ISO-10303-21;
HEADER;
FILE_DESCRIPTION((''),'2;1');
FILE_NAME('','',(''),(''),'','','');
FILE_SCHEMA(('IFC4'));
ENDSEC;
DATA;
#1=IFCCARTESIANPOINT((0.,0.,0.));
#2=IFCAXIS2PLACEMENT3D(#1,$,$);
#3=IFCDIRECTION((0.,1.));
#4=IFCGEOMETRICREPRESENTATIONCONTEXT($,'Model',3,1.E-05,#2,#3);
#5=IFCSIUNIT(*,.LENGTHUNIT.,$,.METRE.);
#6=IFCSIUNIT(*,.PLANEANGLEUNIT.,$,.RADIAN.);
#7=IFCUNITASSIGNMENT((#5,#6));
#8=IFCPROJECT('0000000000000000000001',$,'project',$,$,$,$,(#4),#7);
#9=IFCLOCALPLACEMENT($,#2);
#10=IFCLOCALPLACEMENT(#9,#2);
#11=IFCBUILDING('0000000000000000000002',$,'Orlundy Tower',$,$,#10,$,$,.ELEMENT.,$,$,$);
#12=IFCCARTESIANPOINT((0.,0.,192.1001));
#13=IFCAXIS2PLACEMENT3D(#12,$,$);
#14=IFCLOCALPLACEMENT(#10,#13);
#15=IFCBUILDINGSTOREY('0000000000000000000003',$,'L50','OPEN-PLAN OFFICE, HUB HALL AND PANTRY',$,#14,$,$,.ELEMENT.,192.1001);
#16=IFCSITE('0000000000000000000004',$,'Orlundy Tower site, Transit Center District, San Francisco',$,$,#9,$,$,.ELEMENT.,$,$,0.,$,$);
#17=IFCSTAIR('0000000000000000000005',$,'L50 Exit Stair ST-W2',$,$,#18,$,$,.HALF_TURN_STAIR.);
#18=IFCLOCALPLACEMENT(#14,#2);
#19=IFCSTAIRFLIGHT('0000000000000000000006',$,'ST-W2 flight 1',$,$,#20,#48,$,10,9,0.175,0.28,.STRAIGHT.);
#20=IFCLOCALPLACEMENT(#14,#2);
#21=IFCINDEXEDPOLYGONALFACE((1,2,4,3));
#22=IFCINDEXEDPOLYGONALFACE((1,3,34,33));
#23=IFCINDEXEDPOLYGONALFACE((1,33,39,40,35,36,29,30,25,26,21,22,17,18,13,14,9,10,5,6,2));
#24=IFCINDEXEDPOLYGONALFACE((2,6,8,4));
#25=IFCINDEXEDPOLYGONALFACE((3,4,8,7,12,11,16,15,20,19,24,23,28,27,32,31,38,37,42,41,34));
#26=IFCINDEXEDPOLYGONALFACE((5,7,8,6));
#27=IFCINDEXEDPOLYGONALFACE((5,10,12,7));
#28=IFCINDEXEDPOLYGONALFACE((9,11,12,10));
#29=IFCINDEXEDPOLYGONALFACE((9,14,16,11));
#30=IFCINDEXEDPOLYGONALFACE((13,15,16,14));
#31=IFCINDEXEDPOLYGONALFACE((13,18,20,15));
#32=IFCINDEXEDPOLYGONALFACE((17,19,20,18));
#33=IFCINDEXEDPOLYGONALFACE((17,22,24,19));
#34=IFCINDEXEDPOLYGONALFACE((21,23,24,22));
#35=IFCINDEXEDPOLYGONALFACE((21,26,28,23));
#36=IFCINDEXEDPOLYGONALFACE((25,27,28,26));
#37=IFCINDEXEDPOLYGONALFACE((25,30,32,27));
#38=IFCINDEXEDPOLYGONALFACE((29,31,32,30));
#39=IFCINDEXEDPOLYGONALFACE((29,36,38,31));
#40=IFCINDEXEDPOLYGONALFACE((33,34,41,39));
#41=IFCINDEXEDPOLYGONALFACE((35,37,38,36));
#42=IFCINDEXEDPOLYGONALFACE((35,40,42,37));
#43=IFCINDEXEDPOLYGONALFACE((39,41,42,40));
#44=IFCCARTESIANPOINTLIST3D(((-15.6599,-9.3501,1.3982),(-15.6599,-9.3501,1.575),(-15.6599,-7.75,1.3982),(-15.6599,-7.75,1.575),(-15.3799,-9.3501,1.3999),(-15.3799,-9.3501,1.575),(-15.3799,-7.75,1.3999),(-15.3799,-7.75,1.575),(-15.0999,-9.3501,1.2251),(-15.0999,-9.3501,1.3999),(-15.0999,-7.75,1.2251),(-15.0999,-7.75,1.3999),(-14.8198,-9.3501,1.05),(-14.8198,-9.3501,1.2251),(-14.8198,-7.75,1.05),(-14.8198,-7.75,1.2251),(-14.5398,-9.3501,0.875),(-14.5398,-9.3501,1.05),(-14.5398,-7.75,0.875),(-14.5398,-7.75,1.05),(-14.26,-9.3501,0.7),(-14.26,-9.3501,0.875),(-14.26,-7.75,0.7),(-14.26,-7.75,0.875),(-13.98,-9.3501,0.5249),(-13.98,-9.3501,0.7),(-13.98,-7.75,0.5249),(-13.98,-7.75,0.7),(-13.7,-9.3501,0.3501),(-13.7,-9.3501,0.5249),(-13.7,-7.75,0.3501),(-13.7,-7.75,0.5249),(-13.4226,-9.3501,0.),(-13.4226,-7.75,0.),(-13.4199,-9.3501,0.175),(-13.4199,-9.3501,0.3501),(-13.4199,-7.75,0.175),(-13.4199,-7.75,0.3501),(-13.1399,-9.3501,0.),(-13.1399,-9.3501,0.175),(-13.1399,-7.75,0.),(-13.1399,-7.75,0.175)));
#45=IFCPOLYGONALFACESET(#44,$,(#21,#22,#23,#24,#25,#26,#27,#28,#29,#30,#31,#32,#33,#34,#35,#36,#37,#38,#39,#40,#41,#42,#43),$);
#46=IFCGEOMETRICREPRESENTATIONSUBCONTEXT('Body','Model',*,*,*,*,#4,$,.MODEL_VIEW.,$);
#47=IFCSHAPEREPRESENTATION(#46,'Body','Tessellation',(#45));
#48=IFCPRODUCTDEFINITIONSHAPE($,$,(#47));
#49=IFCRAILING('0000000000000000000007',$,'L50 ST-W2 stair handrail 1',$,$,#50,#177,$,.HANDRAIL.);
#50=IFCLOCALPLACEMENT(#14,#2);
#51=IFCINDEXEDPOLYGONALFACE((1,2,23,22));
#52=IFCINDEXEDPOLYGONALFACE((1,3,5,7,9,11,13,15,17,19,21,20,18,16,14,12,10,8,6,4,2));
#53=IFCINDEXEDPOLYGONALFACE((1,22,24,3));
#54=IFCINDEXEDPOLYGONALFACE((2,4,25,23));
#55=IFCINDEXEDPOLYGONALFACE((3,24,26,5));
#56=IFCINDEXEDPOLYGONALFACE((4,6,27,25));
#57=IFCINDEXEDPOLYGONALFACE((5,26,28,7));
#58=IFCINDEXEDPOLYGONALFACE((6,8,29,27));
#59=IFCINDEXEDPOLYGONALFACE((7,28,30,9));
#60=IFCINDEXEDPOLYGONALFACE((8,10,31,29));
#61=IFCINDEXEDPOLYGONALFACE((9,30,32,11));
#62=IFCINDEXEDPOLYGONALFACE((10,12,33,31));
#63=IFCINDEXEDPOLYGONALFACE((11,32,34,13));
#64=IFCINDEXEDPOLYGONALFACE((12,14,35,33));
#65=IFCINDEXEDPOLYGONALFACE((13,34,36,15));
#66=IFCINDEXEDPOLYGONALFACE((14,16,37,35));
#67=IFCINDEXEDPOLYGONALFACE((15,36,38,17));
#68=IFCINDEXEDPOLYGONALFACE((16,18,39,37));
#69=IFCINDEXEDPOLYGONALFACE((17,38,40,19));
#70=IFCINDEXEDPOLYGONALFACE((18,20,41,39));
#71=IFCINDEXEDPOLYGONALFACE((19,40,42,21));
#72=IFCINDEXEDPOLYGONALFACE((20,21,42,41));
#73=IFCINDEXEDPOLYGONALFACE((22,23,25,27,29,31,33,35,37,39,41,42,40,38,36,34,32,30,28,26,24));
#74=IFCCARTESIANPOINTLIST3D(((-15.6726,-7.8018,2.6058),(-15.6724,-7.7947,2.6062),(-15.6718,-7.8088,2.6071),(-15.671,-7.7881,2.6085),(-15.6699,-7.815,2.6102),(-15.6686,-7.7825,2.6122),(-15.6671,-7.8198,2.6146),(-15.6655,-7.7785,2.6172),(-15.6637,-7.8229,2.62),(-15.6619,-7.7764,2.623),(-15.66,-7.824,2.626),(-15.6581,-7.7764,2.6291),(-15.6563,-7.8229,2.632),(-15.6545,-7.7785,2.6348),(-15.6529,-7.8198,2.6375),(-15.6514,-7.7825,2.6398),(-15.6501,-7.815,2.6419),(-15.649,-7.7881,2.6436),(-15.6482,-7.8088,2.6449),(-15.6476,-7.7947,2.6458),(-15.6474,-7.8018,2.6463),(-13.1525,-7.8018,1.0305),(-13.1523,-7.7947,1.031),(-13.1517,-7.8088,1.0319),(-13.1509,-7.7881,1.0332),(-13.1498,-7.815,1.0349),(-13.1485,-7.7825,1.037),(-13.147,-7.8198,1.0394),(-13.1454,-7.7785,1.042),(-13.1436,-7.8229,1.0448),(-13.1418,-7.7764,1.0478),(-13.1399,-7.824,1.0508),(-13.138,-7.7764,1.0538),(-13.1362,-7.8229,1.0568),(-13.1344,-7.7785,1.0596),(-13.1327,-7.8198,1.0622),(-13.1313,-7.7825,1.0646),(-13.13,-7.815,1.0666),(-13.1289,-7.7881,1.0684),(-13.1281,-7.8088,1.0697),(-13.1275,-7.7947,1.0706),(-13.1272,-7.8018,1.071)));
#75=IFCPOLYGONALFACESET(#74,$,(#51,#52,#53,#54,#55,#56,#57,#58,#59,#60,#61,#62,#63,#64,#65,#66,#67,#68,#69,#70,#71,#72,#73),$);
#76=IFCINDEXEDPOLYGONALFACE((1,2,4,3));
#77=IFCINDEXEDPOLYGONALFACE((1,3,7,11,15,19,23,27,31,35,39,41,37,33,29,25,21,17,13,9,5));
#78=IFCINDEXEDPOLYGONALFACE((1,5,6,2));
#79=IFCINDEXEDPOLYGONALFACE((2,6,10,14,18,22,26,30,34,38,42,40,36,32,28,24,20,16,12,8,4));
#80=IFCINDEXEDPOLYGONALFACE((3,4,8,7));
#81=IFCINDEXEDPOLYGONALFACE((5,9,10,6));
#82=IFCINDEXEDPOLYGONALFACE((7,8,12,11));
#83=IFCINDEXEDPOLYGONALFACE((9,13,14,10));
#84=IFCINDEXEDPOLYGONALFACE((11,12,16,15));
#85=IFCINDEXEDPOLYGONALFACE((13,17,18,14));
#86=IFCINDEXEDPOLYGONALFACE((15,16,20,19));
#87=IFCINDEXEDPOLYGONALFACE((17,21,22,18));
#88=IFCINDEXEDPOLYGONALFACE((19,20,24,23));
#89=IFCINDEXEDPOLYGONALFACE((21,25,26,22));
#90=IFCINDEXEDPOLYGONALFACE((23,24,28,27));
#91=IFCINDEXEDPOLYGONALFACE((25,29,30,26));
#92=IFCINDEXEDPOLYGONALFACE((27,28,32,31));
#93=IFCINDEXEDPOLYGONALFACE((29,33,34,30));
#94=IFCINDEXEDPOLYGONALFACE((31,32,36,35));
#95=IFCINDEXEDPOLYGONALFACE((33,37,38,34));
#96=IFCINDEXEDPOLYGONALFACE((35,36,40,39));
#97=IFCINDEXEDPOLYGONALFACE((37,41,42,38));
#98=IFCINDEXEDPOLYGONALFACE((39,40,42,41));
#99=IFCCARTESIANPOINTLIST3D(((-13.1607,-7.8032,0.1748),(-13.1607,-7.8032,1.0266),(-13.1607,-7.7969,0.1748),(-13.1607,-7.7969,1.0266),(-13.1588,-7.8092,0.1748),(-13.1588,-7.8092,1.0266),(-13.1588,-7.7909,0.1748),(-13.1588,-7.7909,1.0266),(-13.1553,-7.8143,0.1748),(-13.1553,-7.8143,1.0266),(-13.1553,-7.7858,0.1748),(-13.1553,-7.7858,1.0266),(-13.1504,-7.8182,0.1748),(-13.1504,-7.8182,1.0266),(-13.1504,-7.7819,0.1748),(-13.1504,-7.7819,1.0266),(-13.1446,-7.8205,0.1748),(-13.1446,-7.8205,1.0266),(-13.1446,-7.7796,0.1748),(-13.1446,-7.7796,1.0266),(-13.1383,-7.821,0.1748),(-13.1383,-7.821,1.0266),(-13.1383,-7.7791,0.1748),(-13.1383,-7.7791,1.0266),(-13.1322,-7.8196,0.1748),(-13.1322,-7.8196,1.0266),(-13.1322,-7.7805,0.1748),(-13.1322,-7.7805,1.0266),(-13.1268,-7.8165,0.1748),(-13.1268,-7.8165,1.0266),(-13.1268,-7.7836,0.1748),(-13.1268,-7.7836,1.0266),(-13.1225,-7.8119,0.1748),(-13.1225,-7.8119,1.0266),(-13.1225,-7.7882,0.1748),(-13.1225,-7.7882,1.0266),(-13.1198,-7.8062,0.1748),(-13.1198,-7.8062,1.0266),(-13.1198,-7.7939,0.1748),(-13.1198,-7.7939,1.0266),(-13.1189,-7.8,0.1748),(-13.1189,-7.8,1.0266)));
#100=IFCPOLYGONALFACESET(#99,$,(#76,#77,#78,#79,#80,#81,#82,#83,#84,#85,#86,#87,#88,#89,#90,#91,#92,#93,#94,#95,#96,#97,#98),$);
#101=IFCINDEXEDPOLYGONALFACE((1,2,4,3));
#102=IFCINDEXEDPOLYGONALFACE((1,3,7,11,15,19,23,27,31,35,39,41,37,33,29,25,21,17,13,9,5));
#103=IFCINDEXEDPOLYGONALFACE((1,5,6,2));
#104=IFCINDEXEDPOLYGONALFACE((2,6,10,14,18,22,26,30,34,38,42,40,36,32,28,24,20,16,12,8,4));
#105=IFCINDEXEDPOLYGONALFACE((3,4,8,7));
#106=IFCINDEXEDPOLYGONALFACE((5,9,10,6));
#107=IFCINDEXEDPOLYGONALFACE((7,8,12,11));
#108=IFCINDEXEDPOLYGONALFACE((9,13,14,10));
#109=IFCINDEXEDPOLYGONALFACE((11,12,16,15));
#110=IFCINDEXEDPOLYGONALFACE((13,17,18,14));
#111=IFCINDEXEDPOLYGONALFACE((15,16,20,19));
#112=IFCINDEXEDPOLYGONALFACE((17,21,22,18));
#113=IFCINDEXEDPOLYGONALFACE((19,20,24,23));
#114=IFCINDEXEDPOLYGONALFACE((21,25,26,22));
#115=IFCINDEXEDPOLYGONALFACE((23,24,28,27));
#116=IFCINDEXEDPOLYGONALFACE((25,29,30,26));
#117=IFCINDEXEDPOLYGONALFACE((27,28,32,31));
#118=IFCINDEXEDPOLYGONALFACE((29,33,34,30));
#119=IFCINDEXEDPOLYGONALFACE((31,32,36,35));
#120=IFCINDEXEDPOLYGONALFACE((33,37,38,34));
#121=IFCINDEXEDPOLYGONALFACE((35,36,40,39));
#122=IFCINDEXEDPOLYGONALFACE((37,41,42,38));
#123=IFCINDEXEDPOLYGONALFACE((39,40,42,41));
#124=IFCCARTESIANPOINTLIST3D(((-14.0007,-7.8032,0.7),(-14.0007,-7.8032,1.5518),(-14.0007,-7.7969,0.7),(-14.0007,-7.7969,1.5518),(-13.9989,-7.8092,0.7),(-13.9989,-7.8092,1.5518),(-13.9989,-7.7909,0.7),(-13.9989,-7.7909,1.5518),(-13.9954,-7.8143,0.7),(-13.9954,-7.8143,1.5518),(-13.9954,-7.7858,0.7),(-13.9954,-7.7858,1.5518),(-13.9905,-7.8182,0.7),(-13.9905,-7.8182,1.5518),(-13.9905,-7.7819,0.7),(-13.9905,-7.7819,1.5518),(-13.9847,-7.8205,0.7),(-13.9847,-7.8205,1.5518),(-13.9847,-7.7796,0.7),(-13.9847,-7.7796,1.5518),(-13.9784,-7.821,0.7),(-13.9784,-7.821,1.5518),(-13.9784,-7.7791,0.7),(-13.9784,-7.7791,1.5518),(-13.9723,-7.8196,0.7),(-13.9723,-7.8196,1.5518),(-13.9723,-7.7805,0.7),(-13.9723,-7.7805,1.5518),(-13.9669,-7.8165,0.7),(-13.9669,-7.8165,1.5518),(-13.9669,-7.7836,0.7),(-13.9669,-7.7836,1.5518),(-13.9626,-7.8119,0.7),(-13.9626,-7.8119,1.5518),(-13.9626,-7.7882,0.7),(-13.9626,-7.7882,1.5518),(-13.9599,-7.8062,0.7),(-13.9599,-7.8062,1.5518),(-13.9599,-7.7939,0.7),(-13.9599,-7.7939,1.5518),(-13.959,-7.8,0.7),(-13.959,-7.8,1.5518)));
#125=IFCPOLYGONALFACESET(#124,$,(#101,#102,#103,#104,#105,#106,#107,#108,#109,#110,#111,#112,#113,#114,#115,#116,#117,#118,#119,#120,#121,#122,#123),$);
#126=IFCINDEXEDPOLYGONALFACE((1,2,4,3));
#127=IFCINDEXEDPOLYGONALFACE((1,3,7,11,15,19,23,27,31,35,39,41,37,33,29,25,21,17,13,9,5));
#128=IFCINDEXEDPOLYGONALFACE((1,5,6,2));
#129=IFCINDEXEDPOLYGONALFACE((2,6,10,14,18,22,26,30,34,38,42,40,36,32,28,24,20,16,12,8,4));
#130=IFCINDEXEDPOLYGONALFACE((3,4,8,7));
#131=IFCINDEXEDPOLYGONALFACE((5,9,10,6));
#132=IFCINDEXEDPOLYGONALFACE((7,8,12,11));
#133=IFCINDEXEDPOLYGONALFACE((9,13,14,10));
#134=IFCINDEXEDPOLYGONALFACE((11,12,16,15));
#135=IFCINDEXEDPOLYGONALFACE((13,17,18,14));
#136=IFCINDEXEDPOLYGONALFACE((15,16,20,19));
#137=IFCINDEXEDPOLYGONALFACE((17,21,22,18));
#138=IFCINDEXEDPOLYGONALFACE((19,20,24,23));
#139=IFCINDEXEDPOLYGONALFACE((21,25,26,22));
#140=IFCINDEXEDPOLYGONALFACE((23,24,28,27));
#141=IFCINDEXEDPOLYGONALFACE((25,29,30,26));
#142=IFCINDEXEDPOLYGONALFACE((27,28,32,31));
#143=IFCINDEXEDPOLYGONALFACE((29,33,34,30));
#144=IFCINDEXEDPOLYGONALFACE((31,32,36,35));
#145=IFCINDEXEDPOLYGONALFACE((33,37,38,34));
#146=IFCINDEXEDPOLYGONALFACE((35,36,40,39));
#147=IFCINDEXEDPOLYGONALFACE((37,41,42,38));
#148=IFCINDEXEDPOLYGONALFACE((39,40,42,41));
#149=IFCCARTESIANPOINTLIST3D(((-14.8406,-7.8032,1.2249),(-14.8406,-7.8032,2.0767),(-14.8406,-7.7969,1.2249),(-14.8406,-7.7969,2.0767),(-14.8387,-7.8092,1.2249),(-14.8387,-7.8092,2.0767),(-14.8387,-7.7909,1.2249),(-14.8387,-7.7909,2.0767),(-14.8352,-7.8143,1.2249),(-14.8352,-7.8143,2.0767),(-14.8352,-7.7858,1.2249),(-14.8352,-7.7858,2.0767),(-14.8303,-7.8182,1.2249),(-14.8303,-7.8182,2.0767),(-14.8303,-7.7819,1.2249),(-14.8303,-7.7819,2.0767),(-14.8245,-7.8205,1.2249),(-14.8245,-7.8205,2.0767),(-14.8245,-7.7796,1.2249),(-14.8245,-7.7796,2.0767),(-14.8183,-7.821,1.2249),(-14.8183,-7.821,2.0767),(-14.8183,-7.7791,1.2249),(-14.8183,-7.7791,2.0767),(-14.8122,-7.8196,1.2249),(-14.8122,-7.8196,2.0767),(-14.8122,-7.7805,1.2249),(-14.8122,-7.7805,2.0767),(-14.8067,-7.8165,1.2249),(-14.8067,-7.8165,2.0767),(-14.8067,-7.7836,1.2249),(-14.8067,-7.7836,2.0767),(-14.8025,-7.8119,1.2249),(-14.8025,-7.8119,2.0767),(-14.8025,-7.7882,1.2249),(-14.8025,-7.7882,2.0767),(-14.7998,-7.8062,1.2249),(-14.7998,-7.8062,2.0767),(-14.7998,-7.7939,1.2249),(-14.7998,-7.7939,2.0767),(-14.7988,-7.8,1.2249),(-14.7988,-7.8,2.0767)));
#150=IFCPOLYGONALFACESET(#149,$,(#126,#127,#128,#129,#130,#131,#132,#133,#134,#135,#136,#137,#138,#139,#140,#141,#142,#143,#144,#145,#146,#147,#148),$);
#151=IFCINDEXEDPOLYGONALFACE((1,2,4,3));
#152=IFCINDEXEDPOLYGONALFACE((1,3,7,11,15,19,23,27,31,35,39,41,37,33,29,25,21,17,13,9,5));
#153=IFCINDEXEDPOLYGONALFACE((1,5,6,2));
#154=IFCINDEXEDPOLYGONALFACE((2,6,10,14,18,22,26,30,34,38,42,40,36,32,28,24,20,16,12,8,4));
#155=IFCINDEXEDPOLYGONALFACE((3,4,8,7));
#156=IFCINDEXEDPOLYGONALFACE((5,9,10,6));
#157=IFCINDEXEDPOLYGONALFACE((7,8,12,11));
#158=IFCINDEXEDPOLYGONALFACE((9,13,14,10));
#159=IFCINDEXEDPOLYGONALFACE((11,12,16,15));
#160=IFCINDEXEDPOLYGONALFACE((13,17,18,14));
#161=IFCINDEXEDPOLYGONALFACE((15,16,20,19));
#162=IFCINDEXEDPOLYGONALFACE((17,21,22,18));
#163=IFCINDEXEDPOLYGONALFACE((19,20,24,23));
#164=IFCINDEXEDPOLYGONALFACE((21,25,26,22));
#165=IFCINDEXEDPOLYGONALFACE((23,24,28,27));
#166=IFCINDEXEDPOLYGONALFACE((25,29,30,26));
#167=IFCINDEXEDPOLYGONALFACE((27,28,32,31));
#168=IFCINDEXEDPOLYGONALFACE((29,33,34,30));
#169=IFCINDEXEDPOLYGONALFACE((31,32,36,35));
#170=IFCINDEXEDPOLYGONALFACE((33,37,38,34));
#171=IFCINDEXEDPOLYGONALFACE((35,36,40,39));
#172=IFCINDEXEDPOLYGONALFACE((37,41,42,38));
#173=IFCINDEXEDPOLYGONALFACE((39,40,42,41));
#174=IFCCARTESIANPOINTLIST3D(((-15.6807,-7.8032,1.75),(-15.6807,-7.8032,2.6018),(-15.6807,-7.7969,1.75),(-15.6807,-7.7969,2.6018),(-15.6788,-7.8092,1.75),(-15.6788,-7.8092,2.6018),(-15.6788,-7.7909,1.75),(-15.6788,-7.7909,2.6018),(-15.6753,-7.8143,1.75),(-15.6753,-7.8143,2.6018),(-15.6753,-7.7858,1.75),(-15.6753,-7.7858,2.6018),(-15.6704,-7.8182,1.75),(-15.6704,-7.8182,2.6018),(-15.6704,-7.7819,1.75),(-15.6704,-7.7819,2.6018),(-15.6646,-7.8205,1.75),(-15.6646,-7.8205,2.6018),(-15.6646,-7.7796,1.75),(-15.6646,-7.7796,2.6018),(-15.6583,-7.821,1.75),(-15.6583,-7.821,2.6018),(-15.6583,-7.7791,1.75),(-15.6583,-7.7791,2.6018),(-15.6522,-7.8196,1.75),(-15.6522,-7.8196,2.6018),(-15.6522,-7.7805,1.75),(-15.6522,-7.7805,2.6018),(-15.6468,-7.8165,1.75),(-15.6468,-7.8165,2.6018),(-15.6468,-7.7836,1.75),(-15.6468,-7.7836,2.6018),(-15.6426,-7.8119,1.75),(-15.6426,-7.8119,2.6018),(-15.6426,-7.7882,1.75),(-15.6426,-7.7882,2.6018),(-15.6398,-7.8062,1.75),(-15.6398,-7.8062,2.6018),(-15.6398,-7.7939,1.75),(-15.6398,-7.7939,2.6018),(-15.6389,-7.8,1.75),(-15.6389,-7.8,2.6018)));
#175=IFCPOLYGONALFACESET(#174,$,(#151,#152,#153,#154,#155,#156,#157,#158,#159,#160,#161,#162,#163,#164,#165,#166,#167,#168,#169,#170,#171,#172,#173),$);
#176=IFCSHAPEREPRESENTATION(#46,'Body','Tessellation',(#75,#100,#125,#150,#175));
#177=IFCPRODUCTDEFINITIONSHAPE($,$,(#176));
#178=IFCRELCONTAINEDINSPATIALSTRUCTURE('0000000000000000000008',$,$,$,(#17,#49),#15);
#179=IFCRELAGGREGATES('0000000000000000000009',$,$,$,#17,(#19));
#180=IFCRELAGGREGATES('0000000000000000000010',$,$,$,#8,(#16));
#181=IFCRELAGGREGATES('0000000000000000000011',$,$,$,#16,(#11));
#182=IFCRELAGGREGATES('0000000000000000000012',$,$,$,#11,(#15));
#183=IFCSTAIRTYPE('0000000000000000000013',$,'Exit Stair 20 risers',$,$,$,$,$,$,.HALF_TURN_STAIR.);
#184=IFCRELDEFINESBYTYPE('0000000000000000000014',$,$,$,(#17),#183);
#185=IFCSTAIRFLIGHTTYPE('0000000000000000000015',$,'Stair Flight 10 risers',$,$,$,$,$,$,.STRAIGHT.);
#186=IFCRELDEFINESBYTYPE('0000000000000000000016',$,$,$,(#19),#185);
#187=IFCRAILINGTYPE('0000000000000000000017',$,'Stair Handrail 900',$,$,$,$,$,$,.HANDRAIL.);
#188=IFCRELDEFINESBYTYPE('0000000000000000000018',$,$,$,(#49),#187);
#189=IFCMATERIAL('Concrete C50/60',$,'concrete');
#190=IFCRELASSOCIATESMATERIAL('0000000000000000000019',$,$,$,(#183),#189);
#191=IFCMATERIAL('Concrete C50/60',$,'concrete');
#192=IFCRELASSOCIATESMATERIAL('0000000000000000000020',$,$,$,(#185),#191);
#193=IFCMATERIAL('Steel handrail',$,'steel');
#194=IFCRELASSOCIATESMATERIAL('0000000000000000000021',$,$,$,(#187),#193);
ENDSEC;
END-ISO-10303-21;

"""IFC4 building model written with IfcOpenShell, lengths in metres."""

from ifc_helpers import new_model, si_unit, direction, frame, origin, origin_2d, place, context, subcontext, project, spatial, polyline, circle, outline, extrude, material, type_object, element, aggregate, save


model = new_model("IFC4")

# Units and contexts
model_context = context("Model", 3, precision=1e-05, world=origin(), true_north=direction((0.0, 1.0)))
body_context = subcontext(model_context, "Body", "Model", "MODEL_VIEW")
ifc_project = project(units=[si_unit("LENGTHUNIT", "METRE"), si_unit("PLANEANGLEUNIT", "RADIAN")], contexts=[model_context])

# Site, building, storey
site_placement = place(None, origin())
site = spatial("IfcSite", under=ifc_project, at=site_placement, Name="Orlundy Tower site, Transit Center District, San Francisco", CompositionType="ELEMENT", RefElevation=0.0)
building_placement = place(site_placement, origin())
building = spatial("IfcBuilding", under=site, at=building_placement, Name="Orlundy Tower", CompositionType="ELEMENT")
storey_placement = place(building_placement, frame((0.0, 0.0, 192.1001)))
storey = spatial("IfcBuildingStorey", under=building, at=storey_placement, Name="L50", Description="OPEN-PLAN OFFICE, HUB HALL AND PANTRY", CompositionType="ELEMENT", Elevation=192.1001)

# Stair
ifc_material_1 = material(Name="Concrete C50/60", Category="concrete")
stair_type = type_object("IfcStairType", Name="Exit Stair 20 risers", PredefinedType="HALF_TURN_STAIR", material=ifc_material_1)
stair_1_placement = place(storey_placement, origin())
stair_1 = element("IfcStair", 1, at=stair_1_placement, inside=storey, type_object=stair_type, Name="L50 Exit Stair ST-W2", PredefinedType="HALF_TURN_STAIR")

# Stair flight
ifc_material_2 = material(Name="Concrete C50/60", Category="concrete")
stair_flight_type = type_object("IfcStairFlightType", Name="Stair Flight 10 risers", PredefinedType="STRAIGHT", material=ifc_material_2)
stair_flight_placement = place(storey_placement, frame((-13.1399, -8.55, 0.0), z_axis=(0.0, 0.0, 1.0), x_axis=(-1.0, 0.0, 0.0)))
stair_flight = element("IfcStairFlight", 2, at=stair_flight_placement, type_object=stair_flight_type, Name="ST-W2 flight 1", NumberOfRisers=10, NumberOfTreads=9, PredefinedType="STRAIGHT", RiserHeight=0.175, TreadLength=0.28, context=body_context, shape_type="SweptSolid", body=[
    extrude(outline(polyline([(0.0, 0.0), (0.0, 0.175), (0.28, 0.175), (0.28, 0.3501), (0.5601, 0.3501), (0.5601, 0.5249), (0.8401, 0.5249), (0.8401, 0.7), (1.1201, 0.7), (1.1201, 0.875), (1.3999, 0.875), (1.3999, 1.05), (1.6799, 1.05), (1.6799, 1.2251), (1.96, 1.2251), (1.96, 1.3999), (2.24, 1.3999), (2.24, 1.575), (2.52, 1.575), (2.52, 1.75), (2.52, 1.3982), (0.2827, 0.0), (0.0, 0.0)])), frame((0.0, 0.8, 0.0), z_axis=(0.0, -1.0, 0.0), x_axis=(1.0, 0.0, 0.0)), (0.0, 0.0, 1.0), 1.6001),
])
aggregate(stair_1, [stair_flight])

# Railing
ifc_material_3 = material(Name="Steel handrail", Category="steel")
railing_type_1 = type_object("IfcRailingType", Name="Stair Handrail 900", PredefinedType="HANDRAIL", material=ifc_material_3)
railing_1_placement = place(storey_placement, frame((-13.1399, -7.8, 0.1748)))
element("IfcRailing", 3, at=railing_1_placement, inside=storey, type_object=railing_type_1, Name="L50 ST-W2 stair handrail 1", PredefinedType="HANDRAIL", context=body_context, shape_type="SweptSolid", body=[
    extrude(circle(Radius=0.0239, at=origin_2d()), frame((0.0, 0.0, 0.876), z_axis=(-0.847971, 0.0, 0.530043), x_axis=(0.0, -1.0, 0.0)), (0.0, 0.0, 1.0), 2.9719),
    extrude(circle(Radius=0.021, at=origin_2d()), origin(), (0.0, 0.0, 1.0), 0.8518),
    extrude(circle(Radius=0.021, at=origin_2d()), frame((-0.8401, 0.0, 0.5251)), (0.0, 0.0, 1.0), 0.8518),
    extrude(circle(Radius=0.021, at=origin_2d()), frame((-1.6799, 0.0, 1.05)), (0.0, 0.0, 1.0), 0.8518),
    extrude(circle(Radius=0.021, at=origin_2d()), frame((-2.52, 0.0, 1.5752)), (0.0, 0.0, 1.0), 0.8518),
])

save(model, "model.ifc")
